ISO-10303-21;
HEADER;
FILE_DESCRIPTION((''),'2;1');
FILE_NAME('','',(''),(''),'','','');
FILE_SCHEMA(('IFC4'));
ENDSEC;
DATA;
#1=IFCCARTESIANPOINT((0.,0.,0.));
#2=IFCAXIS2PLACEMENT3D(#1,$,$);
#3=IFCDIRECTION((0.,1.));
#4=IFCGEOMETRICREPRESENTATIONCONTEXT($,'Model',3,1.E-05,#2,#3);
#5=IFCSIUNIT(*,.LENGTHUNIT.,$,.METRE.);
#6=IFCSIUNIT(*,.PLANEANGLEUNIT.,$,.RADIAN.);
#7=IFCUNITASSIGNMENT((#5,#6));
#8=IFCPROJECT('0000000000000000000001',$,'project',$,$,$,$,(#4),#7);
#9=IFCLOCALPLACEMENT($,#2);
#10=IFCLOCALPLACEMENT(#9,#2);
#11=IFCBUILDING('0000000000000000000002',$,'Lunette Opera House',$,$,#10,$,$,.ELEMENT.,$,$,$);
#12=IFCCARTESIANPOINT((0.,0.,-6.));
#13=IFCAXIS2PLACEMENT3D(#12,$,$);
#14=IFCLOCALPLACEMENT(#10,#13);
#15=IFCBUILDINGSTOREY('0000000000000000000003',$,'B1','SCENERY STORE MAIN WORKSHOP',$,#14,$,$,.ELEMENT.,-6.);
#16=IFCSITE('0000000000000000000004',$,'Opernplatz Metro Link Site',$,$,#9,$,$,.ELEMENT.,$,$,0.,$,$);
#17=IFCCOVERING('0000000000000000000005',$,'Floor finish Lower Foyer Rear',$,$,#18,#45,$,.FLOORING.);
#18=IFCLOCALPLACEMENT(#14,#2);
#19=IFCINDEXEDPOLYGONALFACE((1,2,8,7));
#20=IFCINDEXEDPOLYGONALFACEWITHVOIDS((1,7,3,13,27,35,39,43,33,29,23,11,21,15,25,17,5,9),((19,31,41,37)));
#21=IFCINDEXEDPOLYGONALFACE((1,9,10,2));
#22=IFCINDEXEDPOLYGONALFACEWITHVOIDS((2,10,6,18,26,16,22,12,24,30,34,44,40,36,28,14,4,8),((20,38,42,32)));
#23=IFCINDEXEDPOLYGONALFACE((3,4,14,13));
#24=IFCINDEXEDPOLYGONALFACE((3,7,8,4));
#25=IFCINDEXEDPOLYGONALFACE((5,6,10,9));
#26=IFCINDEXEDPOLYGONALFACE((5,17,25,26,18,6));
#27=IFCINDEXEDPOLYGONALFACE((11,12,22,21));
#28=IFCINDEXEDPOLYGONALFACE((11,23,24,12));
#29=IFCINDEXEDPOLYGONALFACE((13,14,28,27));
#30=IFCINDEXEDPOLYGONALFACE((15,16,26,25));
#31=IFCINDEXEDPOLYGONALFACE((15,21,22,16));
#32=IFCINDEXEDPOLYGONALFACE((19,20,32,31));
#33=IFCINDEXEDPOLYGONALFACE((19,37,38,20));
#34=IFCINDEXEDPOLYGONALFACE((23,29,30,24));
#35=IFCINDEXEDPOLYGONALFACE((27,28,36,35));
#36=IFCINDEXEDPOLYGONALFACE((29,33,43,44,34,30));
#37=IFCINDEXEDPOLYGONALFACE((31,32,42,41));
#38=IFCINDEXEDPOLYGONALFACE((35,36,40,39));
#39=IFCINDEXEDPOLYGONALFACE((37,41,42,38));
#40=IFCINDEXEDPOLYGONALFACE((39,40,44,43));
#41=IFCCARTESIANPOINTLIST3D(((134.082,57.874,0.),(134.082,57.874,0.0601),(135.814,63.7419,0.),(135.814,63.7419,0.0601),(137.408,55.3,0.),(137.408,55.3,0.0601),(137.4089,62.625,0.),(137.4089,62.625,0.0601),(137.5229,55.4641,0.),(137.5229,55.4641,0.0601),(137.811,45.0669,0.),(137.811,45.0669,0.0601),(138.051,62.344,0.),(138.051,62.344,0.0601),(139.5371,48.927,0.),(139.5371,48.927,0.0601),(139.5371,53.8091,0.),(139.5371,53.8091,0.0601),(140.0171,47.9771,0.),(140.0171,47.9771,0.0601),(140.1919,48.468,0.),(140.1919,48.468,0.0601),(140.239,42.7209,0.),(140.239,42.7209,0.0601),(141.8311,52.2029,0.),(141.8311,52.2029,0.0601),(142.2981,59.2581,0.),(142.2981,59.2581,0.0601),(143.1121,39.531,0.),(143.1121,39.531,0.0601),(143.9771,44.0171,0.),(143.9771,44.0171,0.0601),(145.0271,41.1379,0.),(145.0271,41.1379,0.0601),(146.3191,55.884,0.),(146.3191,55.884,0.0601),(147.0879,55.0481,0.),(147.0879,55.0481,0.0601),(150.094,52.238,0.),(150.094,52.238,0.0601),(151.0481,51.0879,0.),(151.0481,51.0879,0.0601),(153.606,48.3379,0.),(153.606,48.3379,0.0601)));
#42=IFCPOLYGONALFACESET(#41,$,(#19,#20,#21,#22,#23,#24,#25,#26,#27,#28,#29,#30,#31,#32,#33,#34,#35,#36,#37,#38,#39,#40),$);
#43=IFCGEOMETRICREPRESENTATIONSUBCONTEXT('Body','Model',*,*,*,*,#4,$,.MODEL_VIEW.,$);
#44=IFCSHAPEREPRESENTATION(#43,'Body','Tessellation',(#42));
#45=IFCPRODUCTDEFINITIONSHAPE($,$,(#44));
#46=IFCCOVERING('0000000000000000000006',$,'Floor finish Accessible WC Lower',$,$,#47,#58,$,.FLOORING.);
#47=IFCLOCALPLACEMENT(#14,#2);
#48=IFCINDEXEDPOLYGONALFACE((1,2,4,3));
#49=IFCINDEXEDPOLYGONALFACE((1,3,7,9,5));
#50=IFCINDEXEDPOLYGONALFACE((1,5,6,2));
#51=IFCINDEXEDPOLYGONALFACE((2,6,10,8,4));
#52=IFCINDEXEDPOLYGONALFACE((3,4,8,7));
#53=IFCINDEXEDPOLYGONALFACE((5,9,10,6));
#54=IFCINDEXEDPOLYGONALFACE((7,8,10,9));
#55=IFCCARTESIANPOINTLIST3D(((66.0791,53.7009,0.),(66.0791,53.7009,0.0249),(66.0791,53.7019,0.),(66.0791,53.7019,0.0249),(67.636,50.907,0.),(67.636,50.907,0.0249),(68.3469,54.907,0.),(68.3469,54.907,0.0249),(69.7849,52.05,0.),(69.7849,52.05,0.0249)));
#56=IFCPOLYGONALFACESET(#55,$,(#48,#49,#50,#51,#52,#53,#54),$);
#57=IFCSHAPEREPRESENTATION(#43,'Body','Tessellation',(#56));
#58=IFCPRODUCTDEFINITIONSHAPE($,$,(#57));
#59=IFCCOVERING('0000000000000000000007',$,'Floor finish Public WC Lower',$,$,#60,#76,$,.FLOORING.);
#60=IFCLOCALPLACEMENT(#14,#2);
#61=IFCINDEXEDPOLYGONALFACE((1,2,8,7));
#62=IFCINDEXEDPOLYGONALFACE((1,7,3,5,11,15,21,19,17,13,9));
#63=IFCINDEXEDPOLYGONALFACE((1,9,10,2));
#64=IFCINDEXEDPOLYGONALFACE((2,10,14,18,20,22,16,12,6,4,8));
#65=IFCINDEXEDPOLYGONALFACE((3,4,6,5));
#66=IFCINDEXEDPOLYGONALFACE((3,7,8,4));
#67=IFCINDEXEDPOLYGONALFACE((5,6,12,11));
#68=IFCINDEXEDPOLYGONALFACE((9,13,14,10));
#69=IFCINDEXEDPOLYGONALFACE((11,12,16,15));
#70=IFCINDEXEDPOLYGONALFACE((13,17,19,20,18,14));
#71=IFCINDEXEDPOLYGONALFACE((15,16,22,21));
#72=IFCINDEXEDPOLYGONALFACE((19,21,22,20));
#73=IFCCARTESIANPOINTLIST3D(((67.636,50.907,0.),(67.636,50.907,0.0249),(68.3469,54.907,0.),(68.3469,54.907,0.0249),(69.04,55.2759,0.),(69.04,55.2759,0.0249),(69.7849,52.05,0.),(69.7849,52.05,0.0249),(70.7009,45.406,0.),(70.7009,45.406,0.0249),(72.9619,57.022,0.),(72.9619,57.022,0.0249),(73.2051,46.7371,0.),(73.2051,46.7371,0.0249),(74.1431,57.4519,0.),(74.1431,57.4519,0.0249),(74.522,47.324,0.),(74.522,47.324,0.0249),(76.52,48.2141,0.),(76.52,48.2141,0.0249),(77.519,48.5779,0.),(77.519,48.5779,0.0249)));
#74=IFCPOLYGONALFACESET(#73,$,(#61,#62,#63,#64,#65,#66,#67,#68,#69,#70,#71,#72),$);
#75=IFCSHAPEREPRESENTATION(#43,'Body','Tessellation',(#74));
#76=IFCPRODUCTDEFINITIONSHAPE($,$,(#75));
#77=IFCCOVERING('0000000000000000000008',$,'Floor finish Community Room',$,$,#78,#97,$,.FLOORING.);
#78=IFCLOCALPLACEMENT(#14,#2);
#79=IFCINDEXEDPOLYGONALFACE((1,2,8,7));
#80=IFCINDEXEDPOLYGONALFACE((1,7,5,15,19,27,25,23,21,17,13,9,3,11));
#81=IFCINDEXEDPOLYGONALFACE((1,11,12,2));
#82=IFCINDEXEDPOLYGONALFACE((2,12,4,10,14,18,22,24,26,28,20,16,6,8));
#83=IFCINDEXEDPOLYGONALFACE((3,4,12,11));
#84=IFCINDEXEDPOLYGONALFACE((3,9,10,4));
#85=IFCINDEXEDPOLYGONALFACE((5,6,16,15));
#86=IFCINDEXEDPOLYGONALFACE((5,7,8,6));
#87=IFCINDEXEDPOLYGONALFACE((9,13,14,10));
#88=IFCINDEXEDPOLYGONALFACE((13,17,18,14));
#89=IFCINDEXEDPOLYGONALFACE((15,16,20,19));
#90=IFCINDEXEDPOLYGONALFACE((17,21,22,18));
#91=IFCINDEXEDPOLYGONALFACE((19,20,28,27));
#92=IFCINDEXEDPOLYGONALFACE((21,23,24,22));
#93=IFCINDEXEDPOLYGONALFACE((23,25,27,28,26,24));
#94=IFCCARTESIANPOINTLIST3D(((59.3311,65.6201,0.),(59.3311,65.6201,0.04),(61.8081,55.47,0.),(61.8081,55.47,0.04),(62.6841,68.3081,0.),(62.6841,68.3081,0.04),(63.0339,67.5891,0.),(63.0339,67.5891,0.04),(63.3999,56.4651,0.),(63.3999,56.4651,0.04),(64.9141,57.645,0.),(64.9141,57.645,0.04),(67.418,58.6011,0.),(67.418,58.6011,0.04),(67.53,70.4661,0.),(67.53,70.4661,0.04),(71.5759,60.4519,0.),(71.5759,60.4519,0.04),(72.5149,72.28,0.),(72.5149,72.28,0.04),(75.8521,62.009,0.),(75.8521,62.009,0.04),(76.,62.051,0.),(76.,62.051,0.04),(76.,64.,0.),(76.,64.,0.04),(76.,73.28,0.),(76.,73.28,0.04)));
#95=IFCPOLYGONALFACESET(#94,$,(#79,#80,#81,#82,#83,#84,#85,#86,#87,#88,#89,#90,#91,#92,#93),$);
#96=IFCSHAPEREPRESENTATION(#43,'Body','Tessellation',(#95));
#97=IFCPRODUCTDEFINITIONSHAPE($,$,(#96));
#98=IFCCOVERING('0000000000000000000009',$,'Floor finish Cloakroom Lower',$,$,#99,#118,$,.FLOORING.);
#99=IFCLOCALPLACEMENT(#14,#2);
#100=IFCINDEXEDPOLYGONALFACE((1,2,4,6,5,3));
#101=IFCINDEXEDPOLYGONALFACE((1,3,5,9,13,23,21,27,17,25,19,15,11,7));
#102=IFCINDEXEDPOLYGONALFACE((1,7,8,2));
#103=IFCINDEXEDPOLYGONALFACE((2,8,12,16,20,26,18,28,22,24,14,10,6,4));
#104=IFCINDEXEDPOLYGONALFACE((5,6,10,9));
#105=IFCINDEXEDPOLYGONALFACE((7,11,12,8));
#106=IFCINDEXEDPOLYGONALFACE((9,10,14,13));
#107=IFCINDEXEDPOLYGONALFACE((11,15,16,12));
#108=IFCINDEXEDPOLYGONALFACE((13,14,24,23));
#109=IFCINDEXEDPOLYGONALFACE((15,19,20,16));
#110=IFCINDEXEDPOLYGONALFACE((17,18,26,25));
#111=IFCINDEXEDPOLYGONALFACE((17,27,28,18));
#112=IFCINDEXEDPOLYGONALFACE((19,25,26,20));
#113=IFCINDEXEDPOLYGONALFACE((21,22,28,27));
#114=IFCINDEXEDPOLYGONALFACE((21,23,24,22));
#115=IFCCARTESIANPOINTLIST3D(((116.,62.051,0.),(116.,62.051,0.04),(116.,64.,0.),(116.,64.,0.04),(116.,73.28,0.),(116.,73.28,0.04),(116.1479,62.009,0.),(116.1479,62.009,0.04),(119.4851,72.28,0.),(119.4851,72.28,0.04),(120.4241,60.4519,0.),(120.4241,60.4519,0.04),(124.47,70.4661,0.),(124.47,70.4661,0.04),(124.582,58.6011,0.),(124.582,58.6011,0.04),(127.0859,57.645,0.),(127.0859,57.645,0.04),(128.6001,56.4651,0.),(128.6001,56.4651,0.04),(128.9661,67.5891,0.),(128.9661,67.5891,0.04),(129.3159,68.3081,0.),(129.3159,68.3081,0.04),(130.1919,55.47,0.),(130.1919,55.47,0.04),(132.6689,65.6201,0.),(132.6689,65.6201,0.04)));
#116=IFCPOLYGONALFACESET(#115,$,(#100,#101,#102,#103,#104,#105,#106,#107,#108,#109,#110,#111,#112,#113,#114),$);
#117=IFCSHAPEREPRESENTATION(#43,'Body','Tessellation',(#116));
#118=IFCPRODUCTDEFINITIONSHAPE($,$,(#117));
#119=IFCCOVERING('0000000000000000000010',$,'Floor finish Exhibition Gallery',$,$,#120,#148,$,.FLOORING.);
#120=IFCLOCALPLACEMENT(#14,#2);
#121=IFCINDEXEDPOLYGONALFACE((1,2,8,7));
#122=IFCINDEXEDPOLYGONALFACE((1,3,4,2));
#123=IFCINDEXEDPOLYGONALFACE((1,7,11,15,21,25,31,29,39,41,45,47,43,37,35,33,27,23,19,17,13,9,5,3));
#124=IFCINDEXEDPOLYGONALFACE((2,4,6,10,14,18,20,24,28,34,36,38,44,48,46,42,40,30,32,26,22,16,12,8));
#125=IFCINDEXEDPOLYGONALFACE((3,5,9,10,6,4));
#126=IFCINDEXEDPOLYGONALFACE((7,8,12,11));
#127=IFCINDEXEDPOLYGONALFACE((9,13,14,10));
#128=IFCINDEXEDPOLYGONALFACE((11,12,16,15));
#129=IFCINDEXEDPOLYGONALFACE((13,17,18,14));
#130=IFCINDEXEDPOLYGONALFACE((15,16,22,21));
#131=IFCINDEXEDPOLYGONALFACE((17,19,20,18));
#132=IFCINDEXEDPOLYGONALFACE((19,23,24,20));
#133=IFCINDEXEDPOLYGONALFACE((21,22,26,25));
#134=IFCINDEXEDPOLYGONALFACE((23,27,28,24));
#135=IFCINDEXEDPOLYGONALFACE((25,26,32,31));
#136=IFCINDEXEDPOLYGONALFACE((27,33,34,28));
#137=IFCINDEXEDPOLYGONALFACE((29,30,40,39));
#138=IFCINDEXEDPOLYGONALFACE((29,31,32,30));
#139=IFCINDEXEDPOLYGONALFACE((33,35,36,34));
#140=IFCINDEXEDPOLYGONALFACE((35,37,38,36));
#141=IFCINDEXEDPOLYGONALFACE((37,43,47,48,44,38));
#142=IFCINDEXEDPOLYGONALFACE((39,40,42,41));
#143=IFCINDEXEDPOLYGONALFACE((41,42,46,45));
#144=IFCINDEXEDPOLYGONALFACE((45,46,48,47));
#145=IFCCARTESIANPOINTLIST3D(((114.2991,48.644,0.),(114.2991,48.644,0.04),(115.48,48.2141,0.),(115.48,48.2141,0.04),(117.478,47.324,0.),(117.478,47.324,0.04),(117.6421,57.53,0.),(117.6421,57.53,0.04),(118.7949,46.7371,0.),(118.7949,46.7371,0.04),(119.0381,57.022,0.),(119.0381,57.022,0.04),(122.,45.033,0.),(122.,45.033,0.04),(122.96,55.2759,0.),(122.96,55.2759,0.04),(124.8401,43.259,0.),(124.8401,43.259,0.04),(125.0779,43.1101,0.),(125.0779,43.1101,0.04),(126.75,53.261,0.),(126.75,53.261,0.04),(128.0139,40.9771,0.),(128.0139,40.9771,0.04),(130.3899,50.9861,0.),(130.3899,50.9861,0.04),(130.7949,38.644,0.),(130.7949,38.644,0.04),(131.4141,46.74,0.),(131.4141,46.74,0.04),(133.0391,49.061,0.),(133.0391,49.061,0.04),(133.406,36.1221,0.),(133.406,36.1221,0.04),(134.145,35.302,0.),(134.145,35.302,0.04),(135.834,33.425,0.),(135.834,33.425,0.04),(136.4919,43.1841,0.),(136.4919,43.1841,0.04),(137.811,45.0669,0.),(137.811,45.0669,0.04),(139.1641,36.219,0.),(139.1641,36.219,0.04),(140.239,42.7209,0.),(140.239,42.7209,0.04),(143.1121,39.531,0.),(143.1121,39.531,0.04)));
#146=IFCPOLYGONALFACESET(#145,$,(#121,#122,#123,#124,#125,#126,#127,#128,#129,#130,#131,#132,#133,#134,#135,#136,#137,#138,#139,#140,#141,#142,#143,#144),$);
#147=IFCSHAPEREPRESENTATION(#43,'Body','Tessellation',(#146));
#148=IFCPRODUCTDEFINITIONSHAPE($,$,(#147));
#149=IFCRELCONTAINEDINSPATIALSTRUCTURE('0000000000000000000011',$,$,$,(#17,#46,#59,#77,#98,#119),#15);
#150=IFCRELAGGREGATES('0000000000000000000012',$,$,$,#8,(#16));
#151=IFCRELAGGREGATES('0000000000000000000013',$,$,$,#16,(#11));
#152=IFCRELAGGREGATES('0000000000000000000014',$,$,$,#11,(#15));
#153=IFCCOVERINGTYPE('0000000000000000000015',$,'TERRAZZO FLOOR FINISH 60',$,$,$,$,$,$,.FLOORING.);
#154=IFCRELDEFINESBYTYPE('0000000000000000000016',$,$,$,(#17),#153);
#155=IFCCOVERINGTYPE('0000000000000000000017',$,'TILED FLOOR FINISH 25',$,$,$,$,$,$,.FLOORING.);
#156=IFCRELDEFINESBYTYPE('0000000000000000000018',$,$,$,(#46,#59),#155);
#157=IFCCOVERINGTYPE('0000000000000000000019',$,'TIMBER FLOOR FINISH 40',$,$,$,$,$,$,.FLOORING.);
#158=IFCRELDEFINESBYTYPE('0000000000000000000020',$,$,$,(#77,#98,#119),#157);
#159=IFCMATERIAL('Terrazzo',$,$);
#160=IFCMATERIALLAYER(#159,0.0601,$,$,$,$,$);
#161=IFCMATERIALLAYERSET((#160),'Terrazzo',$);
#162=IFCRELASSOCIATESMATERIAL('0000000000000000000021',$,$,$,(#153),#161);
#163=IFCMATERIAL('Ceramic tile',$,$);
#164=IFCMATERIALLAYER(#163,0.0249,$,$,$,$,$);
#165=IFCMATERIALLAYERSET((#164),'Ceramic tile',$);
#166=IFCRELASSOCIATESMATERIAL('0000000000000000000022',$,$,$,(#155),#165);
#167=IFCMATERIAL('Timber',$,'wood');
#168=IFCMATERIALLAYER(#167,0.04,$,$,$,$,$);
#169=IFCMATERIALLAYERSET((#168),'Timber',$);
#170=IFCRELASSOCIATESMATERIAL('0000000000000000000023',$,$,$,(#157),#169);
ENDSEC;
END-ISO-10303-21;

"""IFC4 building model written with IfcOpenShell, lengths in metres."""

from ifc_helpers import new_model, si_unit, direction, frame, origin, place, context, subcontext, project, spatial, polyline, outline, extrude, material, layer, layer_set, type_object, element, save


model = new_model("IFC4")

# Units and contexts
model_context = context("Model", 3, precision=1e-05, world=origin(), true_north=direction((0.0, 1.0)))
body_context = subcontext(model_context, "Body", "Model", "MODEL_VIEW")
ifc_project = project(units=[si_unit("LENGTHUNIT", "METRE"), si_unit("PLANEANGLEUNIT", "RADIAN")], contexts=[model_context])

# Site, building, storey
site_placement = place(None, origin())
site = spatial("IfcSite", under=ifc_project, at=site_placement, Name="Opernplatz Metro Link Site", CompositionType="ELEMENT", RefElevation=0.0)
building_placement = place(site_placement, origin())
building = spatial("IfcBuilding", under=site, at=building_placement, Name="Lunette Opera House", CompositionType="ELEMENT")
storey_placement = place(building_placement, frame((0.0, 0.0, -6.0)))
storey = spatial("IfcBuildingStorey", under=building, at=storey_placement, Name="B1", Description="SCENERY STORE MAIN WORKSHOP", CompositionType="ELEMENT", Elevation=-6.0)

# Coverings
ifc_material_1 = material(Name="Terrazzo")
ifc_layer_1 = layer(ifc_material_1, 0.0601)
ifc_layer_set_1 = layer_set([ifc_layer_1], Name="Terrazzo")
covering_type_1 = type_object("IfcCoveringType", Name="TERRAZZO FLOOR FINISH 60", PredefinedType="FLOORING", material=ifc_layer_set_1)
covering_1_placement = place(storey_placement, origin())
element("IfcCovering", 1, at=covering_1_placement, inside=storey, type_object=covering_type_1, Name="Floor finish Lower Foyer Rear", PredefinedType="FLOORING", context=body_context, shape_type="SweptSolid", body=[
    extrude(outline(polyline([(141.8311, 52.2029), (139.5371, 53.8091), (137.408, 55.3), (137.5229, 55.4641), (134.082, 57.874), (137.4089, 62.625), (135.814, 63.7419), (138.051, 62.344), (142.2981, 59.2581), (146.3191, 55.884), (150.094, 52.238), (153.606, 48.3379), (145.0271, 41.1379), (143.1121, 39.531), (140.239, 42.7209), (137.811, 45.0669), (140.1919, 48.468), (139.5371, 48.927), (141.8311, 52.2029)]), holes=[polyline([(140.0171, 47.9771), (143.9771, 44.0171), (151.0481, 51.0879), (147.0879, 55.0481), (140.0171, 47.9771)])]), origin(), (0.0, 0.0, 1.0), 0.0601),
])
ifc_material_2 = material(Name="Ceramic tile")
ifc_layer_2 = layer(ifc_material_2, 0.0249)
ifc_layer_set_2 = layer_set([ifc_layer_2], Name="Ceramic tile")
covering_type_2 = type_object("IfcCoveringType", Name="TILED FLOOR FINISH 25", PredefinedType="FLOORING", material=ifc_layer_set_2)
covering_2_placement = place(storey_placement, origin())
element("IfcCovering", 2, at=covering_2_placement, inside=storey, type_object=covering_type_2, Name="Floor finish Accessible WC Lower", PredefinedType="FLOORING", context=body_context, shape_type="SweptSolid", body=[
    extrude(outline(polyline([(66.0791, 53.7019), (68.3469, 54.907), (69.7849, 52.05), (67.636, 50.907), (66.0791, 53.7009), (66.0791, 53.7019)])), origin(), (0.0, 0.0, 1.0), 0.0249),
])
covering_3_placement = place(storey_placement, origin())
element("IfcCovering", 3, at=covering_3_placement, inside=storey, type_object=covering_type_2, Name="Floor finish Public WC Lower", PredefinedType="FLOORING", context=body_context, shape_type="SweptSolid", body=[
    extrude(outline(polyline([(73.2051, 46.7371), (70.7009, 45.406), (67.636, 50.907), (69.7849, 52.05), (68.3469, 54.907), (69.04, 55.2759), (72.9619, 57.022), (74.1431, 57.4519), (77.519, 48.5779), (76.52, 48.2141), (74.522, 47.324), (73.2051, 46.7371)])), origin(), (0.0, 0.0, 1.0), 0.0249),
])
ifc_material_3 = material(Name="Timber", Category="wood")
ifc_layer_3 = layer(ifc_material_3, 0.04)
ifc_layer_set_3 = layer_set([ifc_layer_3], Name="Timber")
covering_type_3 = type_object("IfcCoveringType", Name="TIMBER FLOOR FINISH 40", PredefinedType="FLOORING", material=ifc_layer_set_3)
covering_4_placement = place(storey_placement, origin())
element("IfcCovering", 4, at=covering_4_placement, inside=storey, type_object=covering_type_3, Name="Floor finish Community Room", PredefinedType="FLOORING", context=body_context, shape_type="SweptSolid", body=[
    extrude(outline(polyline([(62.6841, 68.3081), (67.53, 70.4661), (72.5149, 72.28), (76.0, 73.28), (76.0, 64.0), (76.0, 62.051), (75.8521, 62.009), (71.5759, 60.4519), (67.418, 58.6011), (63.3999, 56.4651), (61.8081, 55.47), (64.9141, 57.645), (59.3311, 65.6201), (63.0339, 67.5891), (62.6841, 68.3081)])), origin(), (0.0, 0.0, 1.0), 0.04),
])
covering_5_placement = place(storey_placement, origin())
element("IfcCovering", 5, at=covering_5_placement, inside=storey, type_object=covering_type_3, Name="Floor finish Cloakroom Lower", PredefinedType="FLOORING", context=body_context, shape_type="SweptSolid", body=[
    extrude(outline(polyline([(124.47, 70.4661), (129.3159, 68.3081), (128.9661, 67.5891), (132.6689, 65.6201), (127.0859, 57.645), (130.1919, 55.47), (128.6001, 56.4651), (124.582, 58.6011), (120.4241, 60.4519), (116.1479, 62.009), (116.0, 62.051), (116.0, 64.0), (116.0, 73.28), (119.4851, 72.28), (124.47, 70.4661)])), origin(), (0.0, 0.0, 1.0), 0.04),
])
covering_6_placement = place(storey_placement, origin())
element("IfcCovering", 6, at=covering_6_placement, inside=storey, type_object=covering_type_3, Name="Floor finish Exhibition Gallery", PredefinedType="FLOORING", context=body_context, shape_type="SweptSolid", body=[
    extrude(outline(polyline([(122.96, 55.2759), (126.75, 53.261), (130.3899, 50.9861), (133.0391, 49.061), (131.4141, 46.74), (136.4919, 43.1841), (137.811, 45.0669), (140.239, 42.7209), (143.1121, 39.531), (139.1641, 36.219), (135.834, 33.425), (134.145, 35.302), (133.406, 36.1221), (130.7949, 38.644), (128.0139, 40.9771), (125.0779, 43.1101), (124.8401, 43.259), (122.0, 45.033), (118.7949, 46.7371), (117.478, 47.324), (115.48, 48.2141), (114.2991, 48.644), (117.6421, 57.53), (119.0381, 57.022), (122.96, 55.2759)])), origin(), (0.0, 0.0, 1.0), 0.04),
])

save(model, "model.ifc")
